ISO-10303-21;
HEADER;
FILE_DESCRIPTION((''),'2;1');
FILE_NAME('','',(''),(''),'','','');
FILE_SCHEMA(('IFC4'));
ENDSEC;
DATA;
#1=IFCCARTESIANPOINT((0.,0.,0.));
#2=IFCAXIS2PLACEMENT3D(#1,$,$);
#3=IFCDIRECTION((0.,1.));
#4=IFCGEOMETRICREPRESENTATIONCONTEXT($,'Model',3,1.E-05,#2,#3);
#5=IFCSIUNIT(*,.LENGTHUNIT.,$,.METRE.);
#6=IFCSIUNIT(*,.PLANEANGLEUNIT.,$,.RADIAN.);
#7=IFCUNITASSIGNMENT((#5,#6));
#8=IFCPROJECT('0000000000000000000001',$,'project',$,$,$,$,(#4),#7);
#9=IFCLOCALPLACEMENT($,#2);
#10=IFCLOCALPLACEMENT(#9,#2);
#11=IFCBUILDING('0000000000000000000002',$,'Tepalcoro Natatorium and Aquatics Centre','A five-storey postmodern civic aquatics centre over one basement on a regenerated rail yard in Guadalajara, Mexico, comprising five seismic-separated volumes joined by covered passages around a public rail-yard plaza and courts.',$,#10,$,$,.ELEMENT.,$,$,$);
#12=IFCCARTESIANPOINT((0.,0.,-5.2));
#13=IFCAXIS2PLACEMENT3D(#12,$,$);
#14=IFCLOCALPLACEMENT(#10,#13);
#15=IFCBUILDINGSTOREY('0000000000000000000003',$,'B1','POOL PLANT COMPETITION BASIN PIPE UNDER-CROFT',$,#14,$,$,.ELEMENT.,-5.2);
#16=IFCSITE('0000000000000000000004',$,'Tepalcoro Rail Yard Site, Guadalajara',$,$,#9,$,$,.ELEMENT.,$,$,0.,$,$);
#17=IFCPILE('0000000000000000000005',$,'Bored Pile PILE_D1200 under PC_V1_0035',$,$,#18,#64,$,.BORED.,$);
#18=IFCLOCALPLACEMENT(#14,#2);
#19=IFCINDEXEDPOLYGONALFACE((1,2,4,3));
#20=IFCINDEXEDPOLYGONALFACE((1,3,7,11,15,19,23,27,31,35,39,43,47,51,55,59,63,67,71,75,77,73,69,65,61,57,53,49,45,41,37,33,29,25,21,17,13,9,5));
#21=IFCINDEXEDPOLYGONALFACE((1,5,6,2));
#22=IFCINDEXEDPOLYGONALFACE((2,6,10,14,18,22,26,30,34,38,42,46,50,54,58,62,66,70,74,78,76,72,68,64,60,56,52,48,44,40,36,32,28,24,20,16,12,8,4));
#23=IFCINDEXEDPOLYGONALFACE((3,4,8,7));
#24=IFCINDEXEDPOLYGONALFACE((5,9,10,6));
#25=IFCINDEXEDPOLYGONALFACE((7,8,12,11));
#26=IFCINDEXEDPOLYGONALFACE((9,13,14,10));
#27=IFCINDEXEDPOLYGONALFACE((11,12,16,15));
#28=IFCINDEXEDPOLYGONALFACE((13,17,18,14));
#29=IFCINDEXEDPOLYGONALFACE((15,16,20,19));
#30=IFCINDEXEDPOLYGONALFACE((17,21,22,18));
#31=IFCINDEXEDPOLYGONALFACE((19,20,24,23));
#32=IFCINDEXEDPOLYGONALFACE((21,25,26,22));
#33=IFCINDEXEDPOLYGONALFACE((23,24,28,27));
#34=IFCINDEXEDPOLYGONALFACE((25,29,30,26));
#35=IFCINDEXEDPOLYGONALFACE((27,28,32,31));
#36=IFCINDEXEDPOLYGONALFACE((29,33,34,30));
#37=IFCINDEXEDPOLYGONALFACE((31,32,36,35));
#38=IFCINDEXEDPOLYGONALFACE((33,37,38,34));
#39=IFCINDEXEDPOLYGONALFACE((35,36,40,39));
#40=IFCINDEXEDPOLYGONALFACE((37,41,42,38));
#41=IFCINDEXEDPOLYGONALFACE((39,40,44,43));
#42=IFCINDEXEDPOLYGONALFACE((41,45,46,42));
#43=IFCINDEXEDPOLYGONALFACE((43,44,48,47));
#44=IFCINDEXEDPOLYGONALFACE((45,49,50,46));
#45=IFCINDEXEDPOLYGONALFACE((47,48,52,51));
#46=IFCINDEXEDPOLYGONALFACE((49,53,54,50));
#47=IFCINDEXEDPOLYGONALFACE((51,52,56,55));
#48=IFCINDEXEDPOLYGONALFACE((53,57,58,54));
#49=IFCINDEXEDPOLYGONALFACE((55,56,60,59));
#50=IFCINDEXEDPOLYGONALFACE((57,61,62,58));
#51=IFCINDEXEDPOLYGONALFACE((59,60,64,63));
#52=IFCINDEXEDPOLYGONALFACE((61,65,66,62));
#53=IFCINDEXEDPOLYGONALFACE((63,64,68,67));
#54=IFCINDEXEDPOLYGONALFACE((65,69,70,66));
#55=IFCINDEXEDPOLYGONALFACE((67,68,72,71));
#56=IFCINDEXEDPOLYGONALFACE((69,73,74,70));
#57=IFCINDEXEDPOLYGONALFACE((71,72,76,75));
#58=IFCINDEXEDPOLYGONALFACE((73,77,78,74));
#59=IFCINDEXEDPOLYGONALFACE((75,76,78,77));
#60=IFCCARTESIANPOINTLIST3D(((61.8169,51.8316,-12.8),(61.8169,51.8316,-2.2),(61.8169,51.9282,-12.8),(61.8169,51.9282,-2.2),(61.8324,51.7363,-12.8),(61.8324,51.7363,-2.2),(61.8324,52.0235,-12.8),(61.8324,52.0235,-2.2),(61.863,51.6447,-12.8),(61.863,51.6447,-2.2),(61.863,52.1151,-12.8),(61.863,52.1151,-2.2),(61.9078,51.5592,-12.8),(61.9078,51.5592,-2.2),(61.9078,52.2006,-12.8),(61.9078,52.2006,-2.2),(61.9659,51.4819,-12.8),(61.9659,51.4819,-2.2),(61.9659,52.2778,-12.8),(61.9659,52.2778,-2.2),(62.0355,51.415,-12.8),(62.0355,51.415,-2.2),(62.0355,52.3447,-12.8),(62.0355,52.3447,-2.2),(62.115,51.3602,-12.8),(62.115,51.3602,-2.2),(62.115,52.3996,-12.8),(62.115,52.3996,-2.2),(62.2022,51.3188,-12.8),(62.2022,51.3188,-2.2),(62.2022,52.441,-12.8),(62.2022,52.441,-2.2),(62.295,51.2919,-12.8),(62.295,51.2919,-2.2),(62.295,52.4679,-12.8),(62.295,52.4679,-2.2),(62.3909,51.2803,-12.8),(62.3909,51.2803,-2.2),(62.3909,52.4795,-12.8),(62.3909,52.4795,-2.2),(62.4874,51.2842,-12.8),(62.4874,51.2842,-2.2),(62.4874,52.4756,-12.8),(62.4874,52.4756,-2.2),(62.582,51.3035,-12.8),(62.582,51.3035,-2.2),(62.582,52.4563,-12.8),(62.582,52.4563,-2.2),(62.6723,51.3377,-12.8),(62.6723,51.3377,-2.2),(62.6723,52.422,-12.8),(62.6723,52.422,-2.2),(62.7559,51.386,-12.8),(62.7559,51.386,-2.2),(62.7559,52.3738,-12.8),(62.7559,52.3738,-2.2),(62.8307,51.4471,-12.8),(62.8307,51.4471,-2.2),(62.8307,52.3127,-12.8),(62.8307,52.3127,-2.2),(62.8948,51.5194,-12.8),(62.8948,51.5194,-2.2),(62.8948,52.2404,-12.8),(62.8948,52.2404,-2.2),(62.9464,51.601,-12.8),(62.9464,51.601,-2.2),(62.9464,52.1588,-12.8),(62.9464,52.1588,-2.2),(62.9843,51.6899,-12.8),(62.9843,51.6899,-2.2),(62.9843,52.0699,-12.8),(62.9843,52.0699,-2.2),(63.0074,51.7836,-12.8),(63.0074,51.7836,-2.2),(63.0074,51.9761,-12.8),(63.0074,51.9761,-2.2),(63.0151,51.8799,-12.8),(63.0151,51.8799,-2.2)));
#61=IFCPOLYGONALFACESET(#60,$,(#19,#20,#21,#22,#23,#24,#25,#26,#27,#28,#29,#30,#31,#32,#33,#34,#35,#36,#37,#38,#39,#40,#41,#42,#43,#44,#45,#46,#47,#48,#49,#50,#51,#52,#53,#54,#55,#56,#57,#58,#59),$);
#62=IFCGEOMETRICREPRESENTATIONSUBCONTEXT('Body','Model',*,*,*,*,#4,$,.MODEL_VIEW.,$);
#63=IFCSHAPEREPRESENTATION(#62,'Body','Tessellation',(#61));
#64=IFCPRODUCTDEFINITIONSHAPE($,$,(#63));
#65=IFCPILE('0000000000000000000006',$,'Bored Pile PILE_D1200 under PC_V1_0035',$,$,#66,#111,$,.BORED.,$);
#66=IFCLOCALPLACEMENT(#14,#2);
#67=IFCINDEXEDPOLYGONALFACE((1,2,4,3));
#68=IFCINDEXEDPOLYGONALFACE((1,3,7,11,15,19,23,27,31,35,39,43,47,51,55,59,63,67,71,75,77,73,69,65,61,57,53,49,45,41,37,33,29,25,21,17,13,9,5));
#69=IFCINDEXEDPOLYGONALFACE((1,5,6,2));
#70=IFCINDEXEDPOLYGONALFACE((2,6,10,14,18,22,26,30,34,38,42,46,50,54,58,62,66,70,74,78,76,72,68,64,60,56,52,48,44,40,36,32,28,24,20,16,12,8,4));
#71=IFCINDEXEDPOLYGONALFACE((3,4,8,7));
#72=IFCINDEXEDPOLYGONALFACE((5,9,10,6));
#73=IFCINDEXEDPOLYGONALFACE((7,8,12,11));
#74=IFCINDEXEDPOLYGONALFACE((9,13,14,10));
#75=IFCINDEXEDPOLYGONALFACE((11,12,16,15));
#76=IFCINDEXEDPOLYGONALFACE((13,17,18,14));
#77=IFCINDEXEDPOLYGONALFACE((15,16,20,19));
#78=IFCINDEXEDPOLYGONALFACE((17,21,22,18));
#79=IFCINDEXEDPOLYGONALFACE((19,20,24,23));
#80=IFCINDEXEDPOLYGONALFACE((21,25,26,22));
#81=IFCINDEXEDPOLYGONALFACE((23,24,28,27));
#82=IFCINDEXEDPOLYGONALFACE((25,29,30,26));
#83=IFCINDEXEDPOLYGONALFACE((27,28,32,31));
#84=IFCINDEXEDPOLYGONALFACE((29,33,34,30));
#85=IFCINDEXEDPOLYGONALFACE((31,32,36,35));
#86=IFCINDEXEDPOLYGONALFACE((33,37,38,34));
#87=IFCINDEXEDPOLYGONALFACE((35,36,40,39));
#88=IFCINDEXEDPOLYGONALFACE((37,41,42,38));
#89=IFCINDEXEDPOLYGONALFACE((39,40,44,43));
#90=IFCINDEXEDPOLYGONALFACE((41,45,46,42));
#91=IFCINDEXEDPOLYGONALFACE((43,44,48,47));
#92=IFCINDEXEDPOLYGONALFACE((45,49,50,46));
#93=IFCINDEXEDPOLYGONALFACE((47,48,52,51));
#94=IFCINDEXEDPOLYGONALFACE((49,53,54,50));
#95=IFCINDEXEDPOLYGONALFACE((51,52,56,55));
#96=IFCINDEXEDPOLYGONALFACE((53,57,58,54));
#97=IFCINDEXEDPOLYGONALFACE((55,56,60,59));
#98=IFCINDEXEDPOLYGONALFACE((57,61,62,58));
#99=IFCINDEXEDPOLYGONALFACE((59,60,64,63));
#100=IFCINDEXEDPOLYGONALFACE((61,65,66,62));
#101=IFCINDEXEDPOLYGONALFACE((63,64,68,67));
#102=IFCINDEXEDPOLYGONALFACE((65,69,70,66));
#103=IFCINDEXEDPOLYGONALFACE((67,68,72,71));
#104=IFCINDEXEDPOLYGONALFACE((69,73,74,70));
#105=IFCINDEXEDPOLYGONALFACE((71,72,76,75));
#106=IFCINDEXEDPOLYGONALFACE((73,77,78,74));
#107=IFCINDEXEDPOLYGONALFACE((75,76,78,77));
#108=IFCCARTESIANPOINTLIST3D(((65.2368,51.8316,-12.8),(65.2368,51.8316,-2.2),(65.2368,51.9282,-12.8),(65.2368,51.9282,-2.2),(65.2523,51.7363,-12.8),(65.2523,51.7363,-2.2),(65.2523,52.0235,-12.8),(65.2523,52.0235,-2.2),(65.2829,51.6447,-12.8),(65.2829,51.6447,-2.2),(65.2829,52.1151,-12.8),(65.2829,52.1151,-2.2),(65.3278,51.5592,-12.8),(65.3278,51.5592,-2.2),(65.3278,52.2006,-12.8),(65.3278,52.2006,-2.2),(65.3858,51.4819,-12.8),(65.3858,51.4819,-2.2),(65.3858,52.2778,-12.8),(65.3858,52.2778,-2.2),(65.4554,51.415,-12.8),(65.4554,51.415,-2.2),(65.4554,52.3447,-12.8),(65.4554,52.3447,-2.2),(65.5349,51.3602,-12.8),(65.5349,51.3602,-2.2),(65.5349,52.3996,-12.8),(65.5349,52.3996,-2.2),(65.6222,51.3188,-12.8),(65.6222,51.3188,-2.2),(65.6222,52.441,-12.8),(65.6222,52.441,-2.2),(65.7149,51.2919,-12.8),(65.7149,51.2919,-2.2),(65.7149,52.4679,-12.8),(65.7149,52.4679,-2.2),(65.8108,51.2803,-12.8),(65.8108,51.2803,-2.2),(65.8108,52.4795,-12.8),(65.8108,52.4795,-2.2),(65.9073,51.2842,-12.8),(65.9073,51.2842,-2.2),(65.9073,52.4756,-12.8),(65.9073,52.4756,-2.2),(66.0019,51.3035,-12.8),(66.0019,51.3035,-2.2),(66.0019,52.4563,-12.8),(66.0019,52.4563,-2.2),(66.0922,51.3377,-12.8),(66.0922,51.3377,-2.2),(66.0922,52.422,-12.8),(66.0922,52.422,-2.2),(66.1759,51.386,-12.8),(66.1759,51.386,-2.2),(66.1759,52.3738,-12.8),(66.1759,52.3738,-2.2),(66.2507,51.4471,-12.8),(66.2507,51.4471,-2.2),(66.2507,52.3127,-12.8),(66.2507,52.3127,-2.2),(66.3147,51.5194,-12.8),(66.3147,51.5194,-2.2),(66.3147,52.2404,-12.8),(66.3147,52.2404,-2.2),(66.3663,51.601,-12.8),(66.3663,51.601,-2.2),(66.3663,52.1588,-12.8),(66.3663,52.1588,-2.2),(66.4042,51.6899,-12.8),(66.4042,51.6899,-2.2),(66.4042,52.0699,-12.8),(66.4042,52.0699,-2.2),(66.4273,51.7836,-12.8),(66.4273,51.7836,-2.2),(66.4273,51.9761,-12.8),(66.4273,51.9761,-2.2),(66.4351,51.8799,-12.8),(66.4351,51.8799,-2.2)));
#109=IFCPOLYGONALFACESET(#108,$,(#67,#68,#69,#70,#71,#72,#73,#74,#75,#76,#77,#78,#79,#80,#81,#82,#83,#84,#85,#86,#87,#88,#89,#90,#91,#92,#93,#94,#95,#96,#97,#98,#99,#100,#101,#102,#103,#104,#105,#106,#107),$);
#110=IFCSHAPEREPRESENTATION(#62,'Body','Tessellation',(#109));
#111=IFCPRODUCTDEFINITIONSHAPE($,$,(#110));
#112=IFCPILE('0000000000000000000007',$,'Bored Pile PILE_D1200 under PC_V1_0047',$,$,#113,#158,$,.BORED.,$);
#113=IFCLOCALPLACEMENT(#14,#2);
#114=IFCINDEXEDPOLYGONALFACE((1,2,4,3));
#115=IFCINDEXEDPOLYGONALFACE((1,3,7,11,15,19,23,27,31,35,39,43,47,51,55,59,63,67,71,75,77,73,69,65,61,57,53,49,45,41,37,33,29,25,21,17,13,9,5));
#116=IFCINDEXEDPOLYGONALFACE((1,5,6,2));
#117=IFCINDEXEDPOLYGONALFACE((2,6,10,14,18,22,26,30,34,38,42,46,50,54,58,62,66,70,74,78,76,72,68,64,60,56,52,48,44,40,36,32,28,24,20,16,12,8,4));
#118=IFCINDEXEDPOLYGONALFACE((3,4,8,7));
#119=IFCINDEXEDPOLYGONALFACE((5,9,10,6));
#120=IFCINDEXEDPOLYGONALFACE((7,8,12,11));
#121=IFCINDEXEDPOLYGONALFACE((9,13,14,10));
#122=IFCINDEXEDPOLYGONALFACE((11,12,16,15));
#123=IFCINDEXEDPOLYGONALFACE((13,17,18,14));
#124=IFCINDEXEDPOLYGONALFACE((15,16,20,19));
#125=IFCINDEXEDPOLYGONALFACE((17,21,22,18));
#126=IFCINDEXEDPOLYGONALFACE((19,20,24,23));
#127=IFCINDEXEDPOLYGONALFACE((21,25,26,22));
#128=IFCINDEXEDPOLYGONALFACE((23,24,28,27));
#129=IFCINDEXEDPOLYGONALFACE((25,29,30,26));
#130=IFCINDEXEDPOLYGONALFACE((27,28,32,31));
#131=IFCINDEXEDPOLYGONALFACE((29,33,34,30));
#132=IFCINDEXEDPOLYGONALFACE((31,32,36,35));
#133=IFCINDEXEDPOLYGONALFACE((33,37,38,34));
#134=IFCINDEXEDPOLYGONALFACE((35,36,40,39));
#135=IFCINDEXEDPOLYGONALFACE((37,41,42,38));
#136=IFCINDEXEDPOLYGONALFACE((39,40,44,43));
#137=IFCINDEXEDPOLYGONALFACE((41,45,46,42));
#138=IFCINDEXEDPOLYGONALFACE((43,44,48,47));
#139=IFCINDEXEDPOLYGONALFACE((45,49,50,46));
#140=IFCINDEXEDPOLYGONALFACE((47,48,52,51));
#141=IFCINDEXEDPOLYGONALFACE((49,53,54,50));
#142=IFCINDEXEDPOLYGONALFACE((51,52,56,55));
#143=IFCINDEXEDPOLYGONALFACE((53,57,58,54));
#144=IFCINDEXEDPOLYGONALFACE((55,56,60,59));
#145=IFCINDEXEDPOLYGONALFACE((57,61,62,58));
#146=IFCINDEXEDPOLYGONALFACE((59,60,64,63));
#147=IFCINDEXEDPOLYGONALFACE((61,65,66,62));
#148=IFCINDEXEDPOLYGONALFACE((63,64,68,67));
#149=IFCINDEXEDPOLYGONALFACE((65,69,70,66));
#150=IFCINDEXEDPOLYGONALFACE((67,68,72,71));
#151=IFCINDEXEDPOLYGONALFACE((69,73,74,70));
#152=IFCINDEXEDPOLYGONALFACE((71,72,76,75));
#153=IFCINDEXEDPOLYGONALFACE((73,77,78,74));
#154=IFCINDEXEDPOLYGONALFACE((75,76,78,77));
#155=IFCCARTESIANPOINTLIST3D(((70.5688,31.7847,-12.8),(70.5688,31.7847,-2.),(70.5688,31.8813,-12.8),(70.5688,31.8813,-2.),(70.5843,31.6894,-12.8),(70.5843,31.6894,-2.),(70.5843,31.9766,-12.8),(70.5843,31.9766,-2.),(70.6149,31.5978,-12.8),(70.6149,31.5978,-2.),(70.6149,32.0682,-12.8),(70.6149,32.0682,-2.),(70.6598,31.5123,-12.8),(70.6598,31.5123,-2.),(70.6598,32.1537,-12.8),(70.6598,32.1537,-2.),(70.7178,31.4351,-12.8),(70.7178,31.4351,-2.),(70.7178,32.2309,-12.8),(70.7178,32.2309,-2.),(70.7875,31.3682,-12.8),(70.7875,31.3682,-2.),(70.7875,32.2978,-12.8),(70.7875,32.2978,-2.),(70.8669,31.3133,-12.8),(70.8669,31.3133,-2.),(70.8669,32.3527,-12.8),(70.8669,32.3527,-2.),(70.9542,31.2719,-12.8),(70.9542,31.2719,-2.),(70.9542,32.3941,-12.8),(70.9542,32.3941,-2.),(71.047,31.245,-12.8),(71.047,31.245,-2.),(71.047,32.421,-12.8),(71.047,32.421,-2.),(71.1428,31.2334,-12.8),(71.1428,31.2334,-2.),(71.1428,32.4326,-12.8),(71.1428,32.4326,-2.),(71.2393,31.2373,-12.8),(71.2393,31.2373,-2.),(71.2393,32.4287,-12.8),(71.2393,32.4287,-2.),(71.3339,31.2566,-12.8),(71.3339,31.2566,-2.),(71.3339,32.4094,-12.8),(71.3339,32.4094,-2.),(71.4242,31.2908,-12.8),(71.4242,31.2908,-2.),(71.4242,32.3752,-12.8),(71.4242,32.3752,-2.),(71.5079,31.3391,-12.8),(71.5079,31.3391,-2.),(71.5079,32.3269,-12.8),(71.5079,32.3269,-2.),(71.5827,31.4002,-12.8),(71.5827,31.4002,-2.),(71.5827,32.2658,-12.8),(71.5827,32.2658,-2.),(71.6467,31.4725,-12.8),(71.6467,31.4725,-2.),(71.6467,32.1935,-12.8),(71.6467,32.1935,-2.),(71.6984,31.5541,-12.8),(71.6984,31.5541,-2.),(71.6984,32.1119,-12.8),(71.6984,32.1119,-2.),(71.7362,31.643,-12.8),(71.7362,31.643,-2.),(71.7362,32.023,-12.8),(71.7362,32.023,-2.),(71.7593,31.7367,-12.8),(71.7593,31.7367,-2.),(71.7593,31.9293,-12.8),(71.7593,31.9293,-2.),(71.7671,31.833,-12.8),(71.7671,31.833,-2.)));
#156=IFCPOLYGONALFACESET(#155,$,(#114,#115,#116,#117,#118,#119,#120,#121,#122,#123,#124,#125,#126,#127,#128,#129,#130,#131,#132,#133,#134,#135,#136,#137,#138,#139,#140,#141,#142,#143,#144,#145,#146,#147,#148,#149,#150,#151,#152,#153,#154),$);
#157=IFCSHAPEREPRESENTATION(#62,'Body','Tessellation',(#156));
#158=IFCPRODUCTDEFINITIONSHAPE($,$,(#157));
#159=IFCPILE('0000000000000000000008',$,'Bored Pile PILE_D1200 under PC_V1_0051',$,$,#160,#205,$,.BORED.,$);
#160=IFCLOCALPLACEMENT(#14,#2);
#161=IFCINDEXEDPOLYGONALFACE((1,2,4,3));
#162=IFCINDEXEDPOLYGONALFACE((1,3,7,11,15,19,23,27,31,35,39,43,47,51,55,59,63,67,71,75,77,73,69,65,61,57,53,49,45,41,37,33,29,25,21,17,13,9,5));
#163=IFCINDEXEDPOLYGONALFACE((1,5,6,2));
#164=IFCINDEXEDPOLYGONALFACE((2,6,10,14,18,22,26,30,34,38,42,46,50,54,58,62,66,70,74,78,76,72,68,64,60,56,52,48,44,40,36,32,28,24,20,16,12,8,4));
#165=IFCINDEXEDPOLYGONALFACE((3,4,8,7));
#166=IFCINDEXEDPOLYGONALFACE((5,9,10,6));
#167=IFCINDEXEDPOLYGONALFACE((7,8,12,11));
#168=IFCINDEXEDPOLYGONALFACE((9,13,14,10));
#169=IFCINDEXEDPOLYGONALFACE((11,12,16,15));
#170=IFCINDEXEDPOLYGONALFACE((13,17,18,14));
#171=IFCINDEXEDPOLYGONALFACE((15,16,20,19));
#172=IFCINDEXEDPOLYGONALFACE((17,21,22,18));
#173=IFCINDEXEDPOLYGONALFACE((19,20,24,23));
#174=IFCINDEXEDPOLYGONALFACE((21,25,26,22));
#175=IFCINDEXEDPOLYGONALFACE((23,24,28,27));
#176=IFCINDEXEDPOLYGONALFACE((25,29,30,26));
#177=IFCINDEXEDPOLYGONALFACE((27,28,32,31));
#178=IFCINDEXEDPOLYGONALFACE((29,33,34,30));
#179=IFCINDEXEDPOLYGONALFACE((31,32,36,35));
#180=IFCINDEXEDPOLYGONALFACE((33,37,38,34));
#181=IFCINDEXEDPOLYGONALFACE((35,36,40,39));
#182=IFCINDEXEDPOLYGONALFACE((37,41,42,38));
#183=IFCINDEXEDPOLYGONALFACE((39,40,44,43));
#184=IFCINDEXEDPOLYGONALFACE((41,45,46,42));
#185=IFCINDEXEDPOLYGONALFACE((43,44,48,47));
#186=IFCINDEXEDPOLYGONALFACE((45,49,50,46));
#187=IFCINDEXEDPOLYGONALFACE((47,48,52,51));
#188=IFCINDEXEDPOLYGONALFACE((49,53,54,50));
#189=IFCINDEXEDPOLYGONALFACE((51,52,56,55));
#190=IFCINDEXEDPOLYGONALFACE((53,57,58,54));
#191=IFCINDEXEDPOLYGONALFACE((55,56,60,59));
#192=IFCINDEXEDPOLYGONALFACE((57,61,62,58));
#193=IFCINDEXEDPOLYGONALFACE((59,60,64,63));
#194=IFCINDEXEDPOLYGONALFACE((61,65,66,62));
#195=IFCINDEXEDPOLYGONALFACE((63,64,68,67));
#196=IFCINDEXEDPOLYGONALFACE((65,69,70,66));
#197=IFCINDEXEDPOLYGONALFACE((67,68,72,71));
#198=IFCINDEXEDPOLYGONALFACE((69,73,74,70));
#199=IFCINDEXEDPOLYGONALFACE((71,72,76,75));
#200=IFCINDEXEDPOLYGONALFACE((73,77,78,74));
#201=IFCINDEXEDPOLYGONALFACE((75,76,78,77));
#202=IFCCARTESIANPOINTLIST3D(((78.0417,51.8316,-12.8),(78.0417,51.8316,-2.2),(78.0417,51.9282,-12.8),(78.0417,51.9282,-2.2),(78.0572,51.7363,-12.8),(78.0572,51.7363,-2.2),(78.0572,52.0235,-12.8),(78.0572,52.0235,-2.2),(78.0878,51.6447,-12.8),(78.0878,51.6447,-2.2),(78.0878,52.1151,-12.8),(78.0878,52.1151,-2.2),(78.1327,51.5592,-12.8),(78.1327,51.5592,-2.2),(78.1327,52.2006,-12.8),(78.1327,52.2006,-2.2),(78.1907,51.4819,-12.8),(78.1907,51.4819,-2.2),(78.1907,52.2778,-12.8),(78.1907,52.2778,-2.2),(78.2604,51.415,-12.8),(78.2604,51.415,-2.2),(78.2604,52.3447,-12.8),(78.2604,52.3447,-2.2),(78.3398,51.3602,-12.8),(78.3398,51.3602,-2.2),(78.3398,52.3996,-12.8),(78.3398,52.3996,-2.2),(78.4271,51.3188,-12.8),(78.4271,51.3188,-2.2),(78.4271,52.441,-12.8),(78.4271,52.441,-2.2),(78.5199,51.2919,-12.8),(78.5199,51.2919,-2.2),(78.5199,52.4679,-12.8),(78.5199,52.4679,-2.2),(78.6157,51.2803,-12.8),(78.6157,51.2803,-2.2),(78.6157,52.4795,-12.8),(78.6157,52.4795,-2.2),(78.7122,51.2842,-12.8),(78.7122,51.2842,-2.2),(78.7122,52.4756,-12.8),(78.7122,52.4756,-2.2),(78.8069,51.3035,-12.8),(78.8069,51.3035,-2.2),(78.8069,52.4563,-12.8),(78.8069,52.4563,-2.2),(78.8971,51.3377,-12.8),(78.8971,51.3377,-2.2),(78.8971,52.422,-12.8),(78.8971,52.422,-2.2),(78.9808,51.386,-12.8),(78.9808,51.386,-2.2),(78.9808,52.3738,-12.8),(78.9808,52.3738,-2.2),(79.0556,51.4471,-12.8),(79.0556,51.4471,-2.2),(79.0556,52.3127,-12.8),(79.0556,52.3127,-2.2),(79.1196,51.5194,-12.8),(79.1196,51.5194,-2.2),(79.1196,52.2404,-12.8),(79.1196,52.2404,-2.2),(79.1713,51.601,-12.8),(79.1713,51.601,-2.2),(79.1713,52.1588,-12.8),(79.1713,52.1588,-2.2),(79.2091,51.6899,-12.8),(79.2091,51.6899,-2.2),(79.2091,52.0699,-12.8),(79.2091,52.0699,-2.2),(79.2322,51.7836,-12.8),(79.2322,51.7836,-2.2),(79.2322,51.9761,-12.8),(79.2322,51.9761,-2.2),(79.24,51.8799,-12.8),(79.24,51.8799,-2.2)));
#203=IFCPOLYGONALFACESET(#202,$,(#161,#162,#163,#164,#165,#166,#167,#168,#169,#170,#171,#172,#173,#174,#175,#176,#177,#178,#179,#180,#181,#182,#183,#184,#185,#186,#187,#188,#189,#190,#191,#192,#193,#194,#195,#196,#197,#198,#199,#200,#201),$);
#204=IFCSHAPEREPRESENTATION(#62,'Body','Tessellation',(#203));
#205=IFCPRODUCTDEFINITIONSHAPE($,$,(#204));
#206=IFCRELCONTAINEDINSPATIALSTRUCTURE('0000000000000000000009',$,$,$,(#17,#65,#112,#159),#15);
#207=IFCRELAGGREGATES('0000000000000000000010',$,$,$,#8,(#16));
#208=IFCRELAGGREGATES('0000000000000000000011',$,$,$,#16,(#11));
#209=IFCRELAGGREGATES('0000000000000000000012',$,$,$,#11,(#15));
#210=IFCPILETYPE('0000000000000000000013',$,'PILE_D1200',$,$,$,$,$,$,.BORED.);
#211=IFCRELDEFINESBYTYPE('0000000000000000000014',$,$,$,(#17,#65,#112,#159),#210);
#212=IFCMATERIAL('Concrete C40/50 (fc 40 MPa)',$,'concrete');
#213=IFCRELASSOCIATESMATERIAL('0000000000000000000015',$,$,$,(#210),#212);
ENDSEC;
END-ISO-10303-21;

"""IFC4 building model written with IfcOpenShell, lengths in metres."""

from ifc_helpers import new_model, si_unit, direction, frame, origin, origin_2d, place, context, subcontext, project, spatial, circle, extrude, material, material_profile, profile_set, type_object, element, save


model = new_model("IFC4")

# Units and contexts
model_context = context("Model", 3, precision=1e-05, world=origin(), true_north=direction((0.0, 1.0)))
body_context = subcontext(model_context, "Body", "Model", "MODEL_VIEW")
ifc_project = project(units=[si_unit("LENGTHUNIT", "METRE"), si_unit("PLANEANGLEUNIT", "RADIAN")], contexts=[model_context])

# Site, building, storey
site_placement = place(None, origin())
site = spatial("IfcSite", under=ifc_project, at=site_placement, Name="Tepalcoro Rail Yard Site, Guadalajara", CompositionType="ELEMENT", RefElevation=0.0)
building_placement = place(site_placement, origin())
building = spatial("IfcBuilding", under=site, at=building_placement, Name="Tepalcoro Natatorium and Aquatics Centre", Description="A five-storey postmodern civic aquatics centre over one basement on a regenerated rail yard in Guadalajara, Mexico, comprising five seismic-separated volumes joined by covered passages around a public rail-yard plaza and courts.", CompositionType="ELEMENT")
storey_placement = place(building_placement, frame((0.0, 0.0, -5.2)))
storey = spatial("IfcBuildingStorey", under=building, at=storey_placement, Name="B1", Description="POOL PLANT COMPETITION BASIN PIPE UNDER-CROFT", CompositionType="ELEMENT", Elevation=-5.2)

# Piles
ifc_material_1 = material(Name="Concrete C40/50 (fc 40 MPa)", Category="concrete")
ifc_material_profile_1 = material_profile(ifc_material_1, circle(Radius=0.6001, at=origin_2d()), Name="PILE_D1200")
ifc_profile_set_1 = profile_set([ifc_material_profile_1], Name="Concrete C40/50 (fc 40 MPa)")
pile_type_1 = type_object("IfcPileType", Name="PILE_D1200", PredefinedType="BORED", material=ifc_profile_set_1)
for number, where, z_axis, x_axis, name in (
    (1, (62.415, 51.8799, -2.2), (0.0, 0.0, -1.0), (1.0, 0.0, 0.0), "Bored Pile PILE_D1200 under PC_V1_0035"),
    (2, (65.835, 51.8799, -2.2), (0.0, 0.0, -1.0), (1.0, 0.0, 0.0), "Bored Pile PILE_D1200 under PC_V1_0035"),
):
    element("IfcPile", number, at=place(storey_placement, frame(where, z_axis=z_axis, x_axis=x_axis)), inside=storey, type_object=pile_type_1, Name=name, PredefinedType="BORED", context=body_context, shape_type="SweptSolid", body=[
        extrude(circle(Radius=0.6001, at=origin_2d()), origin(), (0.0, 0.0, 1.0), 10.6001),
    ])
pile_1_placement = place(storey_placement, frame((71.167, 31.833, -2.0), z_axis=(0.0, 0.0, -1.0), x_axis=(1.0, 0.0, 0.0)))
element("IfcPile", 3, at=pile_1_placement, inside=storey, type_object=pile_type_1, Name="Bored Pile PILE_D1200 under PC_V1_0047", PredefinedType="BORED", context=body_context, shape_type="SweptSolid", body=[
    extrude(circle(Radius=0.6001, at=origin_2d()), origin(), (0.0, 0.0, 1.0), 10.8),
])
pile_2_placement = place(storey_placement, frame((78.6399, 51.8799, -2.2), z_axis=(0.0, 0.0, -1.0), x_axis=(1.0, 0.0, 0.0)))
element("IfcPile", 4, at=pile_2_placement, inside=storey, type_object=pile_type_1, Name="Bored Pile PILE_D1200 under PC_V1_0051", PredefinedType="BORED", context=body_context, shape_type="SweptSolid", body=[
    extrude(circle(Radius=0.6001, at=origin_2d()), origin(), (0.0, 0.0, 1.0), 10.6001),
])

save(model, "model.ifc")
